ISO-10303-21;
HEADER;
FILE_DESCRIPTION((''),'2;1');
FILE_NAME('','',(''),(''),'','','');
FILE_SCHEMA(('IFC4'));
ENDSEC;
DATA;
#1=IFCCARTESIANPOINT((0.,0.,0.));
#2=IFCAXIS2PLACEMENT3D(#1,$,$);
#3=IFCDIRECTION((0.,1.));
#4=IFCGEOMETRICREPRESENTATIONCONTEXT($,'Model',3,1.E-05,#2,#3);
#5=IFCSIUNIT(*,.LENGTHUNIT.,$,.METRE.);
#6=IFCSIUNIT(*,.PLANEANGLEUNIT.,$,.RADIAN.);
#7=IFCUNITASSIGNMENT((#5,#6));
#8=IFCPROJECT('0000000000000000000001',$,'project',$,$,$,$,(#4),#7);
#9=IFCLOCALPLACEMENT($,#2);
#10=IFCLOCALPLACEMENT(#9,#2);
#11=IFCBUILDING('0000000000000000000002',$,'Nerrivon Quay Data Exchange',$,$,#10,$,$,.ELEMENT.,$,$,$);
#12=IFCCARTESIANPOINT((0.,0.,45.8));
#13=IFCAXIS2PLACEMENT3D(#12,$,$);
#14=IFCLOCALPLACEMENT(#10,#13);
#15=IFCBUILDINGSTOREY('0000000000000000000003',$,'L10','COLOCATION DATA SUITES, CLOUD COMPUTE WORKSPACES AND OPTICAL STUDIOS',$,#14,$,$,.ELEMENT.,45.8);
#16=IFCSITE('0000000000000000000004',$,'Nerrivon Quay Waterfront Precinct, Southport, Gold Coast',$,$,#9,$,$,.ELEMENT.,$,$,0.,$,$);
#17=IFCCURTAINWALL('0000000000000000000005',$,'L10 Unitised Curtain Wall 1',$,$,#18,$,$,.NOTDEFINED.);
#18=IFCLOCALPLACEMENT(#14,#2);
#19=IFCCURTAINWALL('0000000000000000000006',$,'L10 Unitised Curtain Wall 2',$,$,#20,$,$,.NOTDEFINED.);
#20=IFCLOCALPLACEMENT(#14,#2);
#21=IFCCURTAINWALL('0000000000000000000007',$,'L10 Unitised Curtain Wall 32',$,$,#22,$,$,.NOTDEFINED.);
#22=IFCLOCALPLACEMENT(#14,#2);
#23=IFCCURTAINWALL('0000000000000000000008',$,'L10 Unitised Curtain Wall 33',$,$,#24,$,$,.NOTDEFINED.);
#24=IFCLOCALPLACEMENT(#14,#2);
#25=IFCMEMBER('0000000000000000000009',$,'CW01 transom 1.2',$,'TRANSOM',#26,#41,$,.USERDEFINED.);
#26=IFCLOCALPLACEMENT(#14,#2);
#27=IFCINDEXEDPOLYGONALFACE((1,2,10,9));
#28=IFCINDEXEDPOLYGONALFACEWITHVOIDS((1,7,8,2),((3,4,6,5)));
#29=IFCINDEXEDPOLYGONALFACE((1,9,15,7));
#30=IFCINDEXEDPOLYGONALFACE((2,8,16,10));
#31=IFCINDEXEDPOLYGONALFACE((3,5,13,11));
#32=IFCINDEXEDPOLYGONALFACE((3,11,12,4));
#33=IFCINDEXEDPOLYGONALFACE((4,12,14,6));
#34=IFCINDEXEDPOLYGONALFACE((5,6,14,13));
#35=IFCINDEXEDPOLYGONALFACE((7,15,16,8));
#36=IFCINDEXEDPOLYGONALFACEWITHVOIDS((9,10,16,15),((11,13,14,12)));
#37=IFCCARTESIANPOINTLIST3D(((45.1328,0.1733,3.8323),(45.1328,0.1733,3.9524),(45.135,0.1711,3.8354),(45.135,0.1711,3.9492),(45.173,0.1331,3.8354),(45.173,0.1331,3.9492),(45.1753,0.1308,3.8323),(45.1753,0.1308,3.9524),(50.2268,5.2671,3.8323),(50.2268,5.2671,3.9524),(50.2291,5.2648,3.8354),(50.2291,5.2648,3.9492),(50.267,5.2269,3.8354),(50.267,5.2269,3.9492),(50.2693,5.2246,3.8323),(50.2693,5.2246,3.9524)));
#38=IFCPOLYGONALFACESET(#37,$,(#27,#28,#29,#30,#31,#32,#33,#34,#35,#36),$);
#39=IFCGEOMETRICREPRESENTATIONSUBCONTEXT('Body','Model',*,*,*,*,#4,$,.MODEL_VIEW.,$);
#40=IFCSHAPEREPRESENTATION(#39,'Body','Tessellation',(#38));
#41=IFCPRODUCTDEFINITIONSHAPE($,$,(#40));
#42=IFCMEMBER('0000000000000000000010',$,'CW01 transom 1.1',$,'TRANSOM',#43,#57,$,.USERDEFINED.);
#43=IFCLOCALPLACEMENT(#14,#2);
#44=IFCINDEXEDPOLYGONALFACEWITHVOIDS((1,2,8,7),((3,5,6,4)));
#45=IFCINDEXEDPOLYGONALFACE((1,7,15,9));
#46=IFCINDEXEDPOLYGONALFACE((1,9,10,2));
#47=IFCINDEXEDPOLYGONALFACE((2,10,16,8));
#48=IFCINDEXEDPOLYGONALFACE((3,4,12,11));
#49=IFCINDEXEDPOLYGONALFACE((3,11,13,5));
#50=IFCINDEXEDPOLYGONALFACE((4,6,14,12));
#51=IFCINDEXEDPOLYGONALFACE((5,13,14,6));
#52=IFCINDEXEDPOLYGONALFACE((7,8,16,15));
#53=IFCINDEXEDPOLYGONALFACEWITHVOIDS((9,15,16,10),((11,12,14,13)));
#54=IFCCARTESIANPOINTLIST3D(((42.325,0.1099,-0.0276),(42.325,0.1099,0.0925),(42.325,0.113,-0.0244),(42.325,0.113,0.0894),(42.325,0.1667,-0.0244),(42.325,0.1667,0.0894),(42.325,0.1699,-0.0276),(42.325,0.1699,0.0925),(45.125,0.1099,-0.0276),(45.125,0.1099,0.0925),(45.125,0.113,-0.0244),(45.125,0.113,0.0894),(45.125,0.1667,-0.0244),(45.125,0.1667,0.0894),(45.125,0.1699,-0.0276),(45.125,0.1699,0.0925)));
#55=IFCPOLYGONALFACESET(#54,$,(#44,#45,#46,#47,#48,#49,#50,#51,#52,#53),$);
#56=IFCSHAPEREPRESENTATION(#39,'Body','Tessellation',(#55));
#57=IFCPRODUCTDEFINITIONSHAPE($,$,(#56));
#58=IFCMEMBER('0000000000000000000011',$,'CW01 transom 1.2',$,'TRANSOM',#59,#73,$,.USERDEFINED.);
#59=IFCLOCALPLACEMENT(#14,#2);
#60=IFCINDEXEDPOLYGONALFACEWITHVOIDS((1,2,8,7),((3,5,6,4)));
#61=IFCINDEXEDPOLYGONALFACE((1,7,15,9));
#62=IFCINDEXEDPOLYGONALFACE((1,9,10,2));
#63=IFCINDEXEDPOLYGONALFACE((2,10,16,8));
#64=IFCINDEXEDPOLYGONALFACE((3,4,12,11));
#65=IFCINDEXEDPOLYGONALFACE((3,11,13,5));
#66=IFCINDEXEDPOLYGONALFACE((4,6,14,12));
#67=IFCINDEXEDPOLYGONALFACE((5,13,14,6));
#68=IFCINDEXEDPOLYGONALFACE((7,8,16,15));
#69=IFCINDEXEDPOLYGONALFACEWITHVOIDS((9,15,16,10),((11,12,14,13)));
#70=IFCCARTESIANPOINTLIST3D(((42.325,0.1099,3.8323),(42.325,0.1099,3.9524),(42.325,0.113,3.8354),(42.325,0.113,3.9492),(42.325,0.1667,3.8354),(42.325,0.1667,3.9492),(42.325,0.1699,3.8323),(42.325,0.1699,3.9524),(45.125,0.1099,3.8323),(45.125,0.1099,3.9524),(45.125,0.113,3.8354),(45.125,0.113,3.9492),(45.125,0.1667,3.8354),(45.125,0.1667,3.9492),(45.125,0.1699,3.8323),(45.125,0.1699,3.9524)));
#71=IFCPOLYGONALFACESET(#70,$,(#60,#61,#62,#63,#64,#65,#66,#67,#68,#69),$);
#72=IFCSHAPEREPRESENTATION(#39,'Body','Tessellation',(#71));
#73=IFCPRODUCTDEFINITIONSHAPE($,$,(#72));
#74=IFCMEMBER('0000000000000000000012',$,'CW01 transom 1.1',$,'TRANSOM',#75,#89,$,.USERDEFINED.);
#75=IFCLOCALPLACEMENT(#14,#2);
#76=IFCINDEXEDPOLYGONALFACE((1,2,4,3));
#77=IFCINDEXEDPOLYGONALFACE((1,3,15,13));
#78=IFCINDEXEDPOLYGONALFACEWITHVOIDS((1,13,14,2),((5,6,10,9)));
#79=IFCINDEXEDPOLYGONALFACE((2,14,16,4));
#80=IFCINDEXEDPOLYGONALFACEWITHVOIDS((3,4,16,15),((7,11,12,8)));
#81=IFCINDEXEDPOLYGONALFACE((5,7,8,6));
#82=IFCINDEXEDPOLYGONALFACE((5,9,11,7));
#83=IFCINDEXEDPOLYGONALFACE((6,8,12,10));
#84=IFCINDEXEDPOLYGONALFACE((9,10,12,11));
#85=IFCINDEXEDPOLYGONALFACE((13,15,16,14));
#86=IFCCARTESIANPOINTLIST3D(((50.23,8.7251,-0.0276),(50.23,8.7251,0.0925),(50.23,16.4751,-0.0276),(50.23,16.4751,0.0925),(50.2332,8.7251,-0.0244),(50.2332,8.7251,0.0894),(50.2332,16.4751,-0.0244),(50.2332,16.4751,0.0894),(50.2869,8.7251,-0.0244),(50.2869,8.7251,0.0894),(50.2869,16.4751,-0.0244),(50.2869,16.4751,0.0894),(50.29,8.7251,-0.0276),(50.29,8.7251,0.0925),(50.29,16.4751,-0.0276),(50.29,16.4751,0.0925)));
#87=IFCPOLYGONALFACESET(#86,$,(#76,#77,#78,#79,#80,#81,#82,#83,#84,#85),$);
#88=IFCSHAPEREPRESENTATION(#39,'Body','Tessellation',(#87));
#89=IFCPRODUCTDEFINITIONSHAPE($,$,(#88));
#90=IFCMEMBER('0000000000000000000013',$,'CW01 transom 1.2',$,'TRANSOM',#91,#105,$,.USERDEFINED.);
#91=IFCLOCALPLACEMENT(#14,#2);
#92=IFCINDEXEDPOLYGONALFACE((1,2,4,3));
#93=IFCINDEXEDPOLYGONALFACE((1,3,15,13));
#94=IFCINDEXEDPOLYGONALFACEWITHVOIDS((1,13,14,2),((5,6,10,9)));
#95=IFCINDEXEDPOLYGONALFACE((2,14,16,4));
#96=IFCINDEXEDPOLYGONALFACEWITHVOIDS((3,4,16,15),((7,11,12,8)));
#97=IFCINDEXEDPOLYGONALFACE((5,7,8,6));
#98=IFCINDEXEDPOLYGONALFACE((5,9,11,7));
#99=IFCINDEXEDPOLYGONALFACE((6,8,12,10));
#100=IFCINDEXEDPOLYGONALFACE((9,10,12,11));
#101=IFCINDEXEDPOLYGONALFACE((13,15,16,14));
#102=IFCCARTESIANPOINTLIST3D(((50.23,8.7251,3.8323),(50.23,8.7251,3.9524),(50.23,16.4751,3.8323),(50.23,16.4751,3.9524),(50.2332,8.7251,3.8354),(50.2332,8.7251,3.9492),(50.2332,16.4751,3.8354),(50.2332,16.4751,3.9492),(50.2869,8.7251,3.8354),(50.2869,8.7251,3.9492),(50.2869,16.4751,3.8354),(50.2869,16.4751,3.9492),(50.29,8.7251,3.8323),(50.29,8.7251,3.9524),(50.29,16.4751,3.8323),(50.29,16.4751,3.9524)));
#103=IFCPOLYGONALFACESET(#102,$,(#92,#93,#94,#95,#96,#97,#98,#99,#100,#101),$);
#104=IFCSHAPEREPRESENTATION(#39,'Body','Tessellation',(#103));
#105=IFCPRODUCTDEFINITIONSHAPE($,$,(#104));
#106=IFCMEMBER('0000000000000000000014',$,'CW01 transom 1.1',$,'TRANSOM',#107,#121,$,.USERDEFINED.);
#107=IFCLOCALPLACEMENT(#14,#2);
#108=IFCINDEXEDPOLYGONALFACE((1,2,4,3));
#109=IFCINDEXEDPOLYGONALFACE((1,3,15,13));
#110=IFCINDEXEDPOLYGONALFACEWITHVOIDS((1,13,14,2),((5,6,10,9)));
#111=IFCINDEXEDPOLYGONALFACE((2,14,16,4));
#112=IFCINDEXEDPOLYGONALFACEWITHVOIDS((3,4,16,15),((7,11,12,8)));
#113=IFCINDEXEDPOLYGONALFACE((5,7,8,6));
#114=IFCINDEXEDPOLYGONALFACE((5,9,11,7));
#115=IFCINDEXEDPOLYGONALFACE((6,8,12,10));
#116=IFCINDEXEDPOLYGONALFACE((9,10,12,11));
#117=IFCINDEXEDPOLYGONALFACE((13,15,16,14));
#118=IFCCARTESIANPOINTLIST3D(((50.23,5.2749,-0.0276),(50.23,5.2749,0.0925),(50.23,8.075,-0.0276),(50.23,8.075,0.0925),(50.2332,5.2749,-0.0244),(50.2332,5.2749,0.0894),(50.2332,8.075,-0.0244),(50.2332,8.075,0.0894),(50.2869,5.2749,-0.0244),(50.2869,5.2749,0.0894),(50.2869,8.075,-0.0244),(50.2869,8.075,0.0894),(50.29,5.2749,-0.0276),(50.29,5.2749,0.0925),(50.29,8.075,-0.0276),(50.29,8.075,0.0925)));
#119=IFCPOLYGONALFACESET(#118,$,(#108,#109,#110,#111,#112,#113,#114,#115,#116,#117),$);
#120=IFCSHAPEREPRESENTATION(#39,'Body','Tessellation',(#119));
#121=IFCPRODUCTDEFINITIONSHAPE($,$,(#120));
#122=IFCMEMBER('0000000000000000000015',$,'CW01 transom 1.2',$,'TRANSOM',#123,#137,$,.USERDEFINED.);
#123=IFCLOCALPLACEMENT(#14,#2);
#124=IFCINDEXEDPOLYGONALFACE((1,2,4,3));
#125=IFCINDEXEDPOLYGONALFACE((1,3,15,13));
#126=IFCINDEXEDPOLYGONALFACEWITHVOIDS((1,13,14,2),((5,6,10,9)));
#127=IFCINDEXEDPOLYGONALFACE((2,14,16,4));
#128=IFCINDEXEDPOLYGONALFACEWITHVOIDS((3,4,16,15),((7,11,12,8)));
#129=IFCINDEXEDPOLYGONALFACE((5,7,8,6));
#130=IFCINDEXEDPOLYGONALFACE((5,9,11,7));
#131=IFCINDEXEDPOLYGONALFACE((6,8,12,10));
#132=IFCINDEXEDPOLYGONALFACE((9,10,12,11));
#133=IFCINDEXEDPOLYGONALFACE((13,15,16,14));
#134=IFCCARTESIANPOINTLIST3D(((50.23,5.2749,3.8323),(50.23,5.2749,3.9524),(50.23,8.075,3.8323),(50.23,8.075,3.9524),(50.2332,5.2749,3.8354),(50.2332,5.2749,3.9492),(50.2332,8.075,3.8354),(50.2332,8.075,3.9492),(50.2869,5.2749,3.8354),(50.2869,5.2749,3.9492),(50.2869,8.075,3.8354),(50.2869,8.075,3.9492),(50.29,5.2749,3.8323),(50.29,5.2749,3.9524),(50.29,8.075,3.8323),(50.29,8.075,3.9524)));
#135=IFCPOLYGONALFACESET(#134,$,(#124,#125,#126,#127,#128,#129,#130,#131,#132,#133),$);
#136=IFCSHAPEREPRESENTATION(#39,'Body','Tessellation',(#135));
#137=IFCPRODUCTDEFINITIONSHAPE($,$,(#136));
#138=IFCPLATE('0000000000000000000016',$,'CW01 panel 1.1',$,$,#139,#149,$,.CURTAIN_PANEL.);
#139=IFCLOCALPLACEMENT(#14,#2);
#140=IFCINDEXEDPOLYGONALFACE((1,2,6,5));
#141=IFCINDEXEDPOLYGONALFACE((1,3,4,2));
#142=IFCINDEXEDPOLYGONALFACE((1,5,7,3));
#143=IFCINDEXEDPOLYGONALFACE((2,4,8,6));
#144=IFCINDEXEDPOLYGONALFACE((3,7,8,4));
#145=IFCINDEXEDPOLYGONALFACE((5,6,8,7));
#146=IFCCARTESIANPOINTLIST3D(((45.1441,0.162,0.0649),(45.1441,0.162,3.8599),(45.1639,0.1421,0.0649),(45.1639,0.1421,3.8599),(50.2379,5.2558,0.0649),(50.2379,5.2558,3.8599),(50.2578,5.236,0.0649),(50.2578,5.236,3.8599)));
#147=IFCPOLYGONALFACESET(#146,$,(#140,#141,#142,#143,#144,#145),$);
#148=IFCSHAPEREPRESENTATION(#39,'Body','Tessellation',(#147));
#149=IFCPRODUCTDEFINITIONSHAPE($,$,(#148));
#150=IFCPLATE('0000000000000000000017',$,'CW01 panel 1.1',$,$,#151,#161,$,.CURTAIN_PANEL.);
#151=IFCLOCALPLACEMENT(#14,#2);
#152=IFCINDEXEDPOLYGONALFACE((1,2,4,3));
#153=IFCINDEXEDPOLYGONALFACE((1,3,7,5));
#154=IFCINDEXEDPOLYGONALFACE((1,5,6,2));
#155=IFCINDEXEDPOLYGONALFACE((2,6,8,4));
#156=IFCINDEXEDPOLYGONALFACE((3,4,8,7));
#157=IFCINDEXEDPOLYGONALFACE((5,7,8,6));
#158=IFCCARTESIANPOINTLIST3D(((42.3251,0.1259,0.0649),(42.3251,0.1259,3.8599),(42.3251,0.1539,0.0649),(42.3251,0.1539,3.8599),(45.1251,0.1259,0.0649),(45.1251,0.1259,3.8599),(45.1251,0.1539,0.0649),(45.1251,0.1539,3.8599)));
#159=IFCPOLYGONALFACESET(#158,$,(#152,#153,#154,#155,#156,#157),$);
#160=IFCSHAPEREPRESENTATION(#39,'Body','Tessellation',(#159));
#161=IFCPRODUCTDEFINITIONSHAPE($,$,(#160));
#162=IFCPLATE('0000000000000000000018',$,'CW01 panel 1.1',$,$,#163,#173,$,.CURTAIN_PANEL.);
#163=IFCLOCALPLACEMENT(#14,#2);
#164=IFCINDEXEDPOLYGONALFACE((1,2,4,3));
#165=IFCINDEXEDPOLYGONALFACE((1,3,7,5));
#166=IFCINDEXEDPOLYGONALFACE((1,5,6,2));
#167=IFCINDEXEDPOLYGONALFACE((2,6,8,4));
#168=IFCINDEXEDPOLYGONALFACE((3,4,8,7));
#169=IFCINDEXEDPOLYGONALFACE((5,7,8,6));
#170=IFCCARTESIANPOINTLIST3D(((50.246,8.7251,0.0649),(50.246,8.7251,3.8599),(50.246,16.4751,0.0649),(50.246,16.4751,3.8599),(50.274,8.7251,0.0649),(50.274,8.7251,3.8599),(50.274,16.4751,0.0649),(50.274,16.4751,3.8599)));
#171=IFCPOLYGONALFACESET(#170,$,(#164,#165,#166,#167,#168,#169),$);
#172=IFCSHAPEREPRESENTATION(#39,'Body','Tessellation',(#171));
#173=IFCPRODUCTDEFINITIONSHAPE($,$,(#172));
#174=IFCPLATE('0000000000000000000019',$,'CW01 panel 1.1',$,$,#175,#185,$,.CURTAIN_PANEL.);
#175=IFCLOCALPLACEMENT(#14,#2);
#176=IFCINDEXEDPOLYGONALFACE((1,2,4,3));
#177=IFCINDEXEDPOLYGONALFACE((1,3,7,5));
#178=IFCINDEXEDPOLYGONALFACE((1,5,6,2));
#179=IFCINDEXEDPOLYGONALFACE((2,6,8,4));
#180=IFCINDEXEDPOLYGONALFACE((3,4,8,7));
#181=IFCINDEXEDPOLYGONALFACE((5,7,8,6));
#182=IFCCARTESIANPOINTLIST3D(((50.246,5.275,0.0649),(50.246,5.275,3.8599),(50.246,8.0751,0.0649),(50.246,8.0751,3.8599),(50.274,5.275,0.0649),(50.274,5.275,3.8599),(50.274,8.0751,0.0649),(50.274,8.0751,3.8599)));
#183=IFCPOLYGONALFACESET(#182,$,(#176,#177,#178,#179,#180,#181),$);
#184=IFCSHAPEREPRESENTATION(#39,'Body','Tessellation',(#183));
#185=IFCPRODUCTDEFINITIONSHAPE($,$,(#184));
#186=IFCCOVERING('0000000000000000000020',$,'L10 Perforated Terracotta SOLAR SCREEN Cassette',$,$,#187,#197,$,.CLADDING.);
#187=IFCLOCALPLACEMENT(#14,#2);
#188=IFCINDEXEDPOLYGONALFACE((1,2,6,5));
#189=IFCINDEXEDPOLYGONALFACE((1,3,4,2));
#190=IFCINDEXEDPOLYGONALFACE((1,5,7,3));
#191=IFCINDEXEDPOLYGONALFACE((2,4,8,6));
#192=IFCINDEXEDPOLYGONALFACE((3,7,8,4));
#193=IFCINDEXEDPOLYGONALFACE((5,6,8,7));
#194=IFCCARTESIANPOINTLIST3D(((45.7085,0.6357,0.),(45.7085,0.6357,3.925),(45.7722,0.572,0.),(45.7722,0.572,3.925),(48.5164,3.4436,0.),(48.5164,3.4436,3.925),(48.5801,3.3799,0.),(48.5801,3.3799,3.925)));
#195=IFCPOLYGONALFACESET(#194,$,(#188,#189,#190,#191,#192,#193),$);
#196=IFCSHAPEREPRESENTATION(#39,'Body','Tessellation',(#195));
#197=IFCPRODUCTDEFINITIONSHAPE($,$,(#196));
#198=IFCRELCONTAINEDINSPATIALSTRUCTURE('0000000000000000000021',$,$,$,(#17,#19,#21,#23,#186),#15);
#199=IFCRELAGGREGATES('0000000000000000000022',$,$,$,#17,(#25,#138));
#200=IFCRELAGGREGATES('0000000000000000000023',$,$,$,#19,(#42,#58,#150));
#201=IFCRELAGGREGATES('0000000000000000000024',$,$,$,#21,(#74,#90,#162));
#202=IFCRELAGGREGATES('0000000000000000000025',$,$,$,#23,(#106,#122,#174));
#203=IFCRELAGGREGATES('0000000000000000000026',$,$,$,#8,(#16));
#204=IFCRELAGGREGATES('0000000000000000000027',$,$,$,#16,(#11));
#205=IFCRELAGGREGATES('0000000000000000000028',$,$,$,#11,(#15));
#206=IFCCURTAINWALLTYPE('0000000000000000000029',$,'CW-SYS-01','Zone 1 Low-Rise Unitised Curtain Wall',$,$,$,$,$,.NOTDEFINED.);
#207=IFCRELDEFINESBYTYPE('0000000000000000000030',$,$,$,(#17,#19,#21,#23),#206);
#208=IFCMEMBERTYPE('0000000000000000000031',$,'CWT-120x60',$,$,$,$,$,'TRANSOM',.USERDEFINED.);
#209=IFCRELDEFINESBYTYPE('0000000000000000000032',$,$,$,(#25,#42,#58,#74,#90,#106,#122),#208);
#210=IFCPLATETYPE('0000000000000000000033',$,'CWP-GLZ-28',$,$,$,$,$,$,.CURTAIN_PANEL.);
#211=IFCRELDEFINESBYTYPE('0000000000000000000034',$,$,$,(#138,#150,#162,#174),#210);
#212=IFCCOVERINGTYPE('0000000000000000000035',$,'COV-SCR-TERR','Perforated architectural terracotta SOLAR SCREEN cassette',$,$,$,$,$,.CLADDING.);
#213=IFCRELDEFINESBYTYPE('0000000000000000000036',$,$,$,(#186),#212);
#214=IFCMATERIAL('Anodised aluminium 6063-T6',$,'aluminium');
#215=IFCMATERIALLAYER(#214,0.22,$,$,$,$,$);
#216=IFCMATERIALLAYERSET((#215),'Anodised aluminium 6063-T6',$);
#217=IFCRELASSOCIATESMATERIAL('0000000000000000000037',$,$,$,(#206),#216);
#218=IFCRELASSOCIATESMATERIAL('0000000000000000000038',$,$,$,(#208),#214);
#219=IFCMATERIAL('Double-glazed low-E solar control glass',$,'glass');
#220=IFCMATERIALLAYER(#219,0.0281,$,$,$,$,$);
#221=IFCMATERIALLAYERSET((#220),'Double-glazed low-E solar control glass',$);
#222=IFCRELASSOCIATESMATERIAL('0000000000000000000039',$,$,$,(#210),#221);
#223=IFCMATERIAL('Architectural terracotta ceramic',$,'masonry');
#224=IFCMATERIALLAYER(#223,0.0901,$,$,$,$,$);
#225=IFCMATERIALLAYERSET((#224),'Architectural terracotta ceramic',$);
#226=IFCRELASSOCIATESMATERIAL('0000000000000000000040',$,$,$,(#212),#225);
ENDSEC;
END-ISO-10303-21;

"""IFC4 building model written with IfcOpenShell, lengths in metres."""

from ifc_helpers import new_model, si_unit, direction, frame, origin, origin_2d, place, context, subcontext, project, spatial, rectangle, hollow_rectangle, extrude, material, layer, layer_set, material_profile, profile_set, type_object, element, aggregate, save


model = new_model("IFC4")

# Units and contexts
model_context = context("Model", 3, precision=1e-05, world=origin(), true_north=direction((0.0, 1.0)))
body_context = subcontext(model_context, "Body", "Model", "MODEL_VIEW")
ifc_project = project(units=[si_unit("LENGTHUNIT", "METRE"), si_unit("PLANEANGLEUNIT", "RADIAN")], contexts=[model_context])

# Site, building, storey
site_placement = place(None, origin())
site = spatial("IfcSite", under=ifc_project, at=site_placement, Name="Nerrivon Quay Waterfront Precinct, Southport, Gold Coast", CompositionType="ELEMENT", RefElevation=0.0)
building_placement = place(site_placement, origin())
building = spatial("IfcBuilding", under=site, at=building_placement, Name="Nerrivon Quay Data Exchange", CompositionType="ELEMENT")
storey_placement = place(building_placement, frame((0.0, 0.0, 45.8)))
storey = spatial("IfcBuildingStorey", under=building, at=storey_placement, Name="L10", Description="COLOCATION DATA SUITES, CLOUD COMPUTE WORKSPACES AND OPTICAL STUDIOS", CompositionType="ELEMENT", Elevation=45.8)

# Curtain walls
ifc_material_1 = material(Name="Anodised aluminium 6063-T6", Category="aluminium")
ifc_layer_1 = layer(ifc_material_1, 0.22)
ifc_layer_set_1 = layer_set([ifc_layer_1], Name="Anodised aluminium 6063-T6")
curtain_wall_type = type_object("IfcCurtainWallType", Name="CW-SYS-01", Description="Zone 1 Low-Rise Unitised Curtain Wall", PredefinedType="NOTDEFINED", material=ifc_layer_set_1)
curtain_wall_1_placement = place(storey_placement, origin())
curtain_wall_1 = element("IfcCurtainWall", 1, at=curtain_wall_1_placement, inside=storey, type_object=curtain_wall_type, Name="L10 Unitised Curtain Wall 1", PredefinedType="NOTDEFINED")
curtain_wall_2_placement = place(storey_placement, origin())
curtain_wall_2 = element("IfcCurtainWall", 2, at=curtain_wall_2_placement, inside=storey, type_object=curtain_wall_type, Name="L10 Unitised Curtain Wall 2", PredefinedType="NOTDEFINED")

# Curtain wall
curtain_wall_3_placement = place(storey_placement, origin())
curtain_wall_3 = element("IfcCurtainWall", 3, at=curtain_wall_3_placement, inside=storey, type_object=curtain_wall_type, Name="L10 Unitised Curtain Wall 32", PredefinedType="NOTDEFINED")

# Curtain wall
curtain_wall_4_placement = place(storey_placement, origin())
curtain_wall_4 = element("IfcCurtainWall", 4, at=curtain_wall_4_placement, inside=storey, type_object=curtain_wall_type, Name="L10 Unitised Curtain Wall 33", PredefinedType="NOTDEFINED")

# Members
ifc_material_profile_1 = material_profile(ifc_material_1, hollow_rectangle(XDim=0.0601, YDim=0.1201, WallThickness=0.0032, at=origin_2d()), Name="ALU-TRAN-120x60")
ifc_profile_set_1 = profile_set([ifc_material_profile_1], Name="Anodised aluminium 6063-T6")
member_type_1 = type_object("IfcMemberType", Name="CWT-120x60", ElementType="TRANSOM", PredefinedType="USERDEFINED", material=ifc_profile_set_1)
member_1_placement = place(storey_placement, frame((50.248, 5.2458, 3.8923), z_axis=(-0.707124, -0.70709, 0.0), x_axis=(0.70709, -0.707124, 0.0)))
member_1 = element("IfcMember", 5, at=member_1_placement, type_object=member_type_1, Name="CW01 transom 1.2", ObjectType="TRANSOM", PredefinedType="USERDEFINED", context=body_context, shape_type="SweptSolid", body=[
    extrude(hollow_rectangle(XDim=0.0601, YDim=0.1201, WallThickness=0.0032, at=origin_2d()), origin(), (0.0, 0.0, 1.0), 7.2039),
])
member_2_placement = place(storey_placement, frame((45.125, 0.1399, 0.0325), z_axis=(-1.0, 0.0, 0.0), x_axis=(0.0, -1.0, 0.0)))
member_2 = element("IfcMember", 6, at=member_2_placement, type_object=member_type_1, Name="CW01 transom 1.1", ObjectType="TRANSOM", PredefinedType="USERDEFINED", context=body_context, shape_type="SweptSolid", body=[
    extrude(hollow_rectangle(XDim=0.0601, YDim=0.1201, WallThickness=0.0032, at=origin_2d()), origin(), (0.0, 0.0, 1.0), 2.8),
])
member_3_placement = place(storey_placement, frame((45.125, 0.1399, 3.8923), z_axis=(-1.0, 0.0, 0.0), x_axis=(0.0, -1.0, 0.0)))
member_3 = element("IfcMember", 7, at=member_3_placement, type_object=member_type_1, Name="CW01 transom 1.2", ObjectType="TRANSOM", PredefinedType="USERDEFINED", context=body_context, shape_type="SweptSolid", body=[
    extrude(hollow_rectangle(XDim=0.0601, YDim=0.1201, WallThickness=0.0032, at=origin_2d()), origin(), (0.0, 0.0, 1.0), 2.8),
])
member_4_placement = place(storey_placement, frame((50.26, 16.4751, 0.0325), z_axis=(0.0, -1.0, 0.0), x_axis=(1.0, 0.0, 0.0)))
member_4 = element("IfcMember", 8, at=member_4_placement, type_object=member_type_1, Name="CW01 transom 1.1", ObjectType="TRANSOM", PredefinedType="USERDEFINED", context=body_context, shape_type="SweptSolid", body=[
    extrude(hollow_rectangle(XDim=0.0601, YDim=0.1201, WallThickness=0.0032, at=origin_2d()), origin(), (0.0, 0.0, 1.0), 7.75),
])
member_5_placement = place(storey_placement, frame((50.26, 16.4751, 3.8923), z_axis=(0.0, -1.0, 0.0), x_axis=(1.0, 0.0, 0.0)))
member_5 = element("IfcMember", 9, at=member_5_placement, type_object=member_type_1, Name="CW01 transom 1.2", ObjectType="TRANSOM", PredefinedType="USERDEFINED", context=body_context, shape_type="SweptSolid", body=[
    extrude(hollow_rectangle(XDim=0.0601, YDim=0.1201, WallThickness=0.0032, at=origin_2d()), origin(), (0.0, 0.0, 1.0), 7.75),
])
member_6_placement = place(storey_placement, frame((50.26, 8.075, 0.0325), z_axis=(0.0, -1.0, 0.0), x_axis=(1.0, 0.0, 0.0)))
member_6 = element("IfcMember", 10, at=member_6_placement, type_object=member_type_1, Name="CW01 transom 1.1", ObjectType="TRANSOM", PredefinedType="USERDEFINED", context=body_context, shape_type="SweptSolid", body=[
    extrude(hollow_rectangle(XDim=0.0601, YDim=0.1201, WallThickness=0.0032, at=origin_2d()), origin(), (0.0, 0.0, 1.0), 2.8),
])
member_7_placement = place(storey_placement, frame((50.26, 8.075, 3.8923), z_axis=(0.0, -1.0, 0.0), x_axis=(1.0, 0.0, 0.0)))
member_7 = element("IfcMember", 11, at=member_7_placement, type_object=member_type_1, Name="CW01 transom 1.2", ObjectType="TRANSOM", PredefinedType="USERDEFINED", context=body_context, shape_type="SweptSolid", body=[
    extrude(hollow_rectangle(XDim=0.0601, YDim=0.1201, WallThickness=0.0032, at=origin_2d()), origin(), (0.0, 0.0, 1.0), 2.8),
])

# Plates
ifc_material_2 = material(Name="Double-glazed low-E solar control glass", Category="glass")
ifc_layer_2 = layer(ifc_material_2, 0.0281)
ifc_layer_set_2 = layer_set([ifc_layer_2], Name="Double-glazed low-E solar control glass")
plate_type = type_object("IfcPlateType", Name="CWP-GLZ-28", PredefinedType="CURTAIN_PANEL", material=ifc_layer_set_2)
plate_1_placement = place(storey_placement, frame((47.7009, 2.699, 0.0649), z_axis=(0.0, 0.0, 1.0), x_axis=(-0.707107, -0.707107, 0.0)))
plate_1 = element("IfcPlate", 12, at=plate_1_placement, type_object=plate_type, Name="CW01 panel 1.1", PredefinedType="CURTAIN_PANEL", context=body_context, shape_type="SweptSolid", body=[
    extrude(rectangle(XDim=7.2039, YDim=0.0281, at=origin_2d()), origin(), (0.0, 0.0, 1.0), 3.7949),
])
aggregate(curtain_wall_1, [member_1, plate_1])
plate_2_placement = place(storey_placement, frame((43.7251, 0.1399, 0.0649), z_axis=(0.0, 0.0, 1.0), x_axis=(-1.0, 0.0, 0.0)))
plate_2 = element("IfcPlate", 13, at=plate_2_placement, type_object=plate_type, Name="CW01 panel 1.1", PredefinedType="CURTAIN_PANEL", context=body_context, shape_type="SweptSolid", body=[
    extrude(rectangle(XDim=2.8, YDim=0.0281, at=origin_2d()), origin(), (0.0, 0.0, 1.0), 3.7949),
])
aggregate(curtain_wall_2, [member_2, member_3, plate_2])
plate_3_placement = place(storey_placement, frame((50.26, 12.6001, 0.0649), z_axis=(0.0, 0.0, 1.0), x_axis=(0.0, -1.0, 0.0)))
plate_3 = element("IfcPlate", 14, at=plate_3_placement, type_object=plate_type, Name="CW01 panel 1.1", PredefinedType="CURTAIN_PANEL", context=body_context, shape_type="SweptSolid", body=[
    extrude(rectangle(XDim=7.75, YDim=0.0281, at=origin_2d()), origin(), (0.0, 0.0, 1.0), 3.7949),
])
aggregate(curtain_wall_3, [member_4, member_5, plate_3])
plate_4_placement = place(storey_placement, frame((50.26, 6.675, 0.0649), z_axis=(0.0, 0.0, 1.0), x_axis=(0.0, -1.0, 0.0)))
plate_4 = element("IfcPlate", 15, at=plate_4_placement, type_object=plate_type, Name="CW01 panel 1.1", PredefinedType="CURTAIN_PANEL", context=body_context, shape_type="SweptSolid", body=[
    extrude(rectangle(XDim=2.8, YDim=0.0281, at=origin_2d()), origin(), (0.0, 0.0, 1.0), 3.7949),
])
aggregate(curtain_wall_4, [member_6, member_7, plate_4])

# Covering
ifc_material_3 = material(Name="Architectural terracotta ceramic", Category="masonry")
ifc_layer_3 = layer(ifc_material_3, 0.0901)
ifc_layer_set_3 = layer_set([ifc_layer_3], Name="Architectural terracotta ceramic")
covering_type = type_object("IfcCoveringType", Name="COV-SCR-TERR", Description="Perforated architectural terracotta SOLAR SCREEN cassette", PredefinedType="CLADDING", material=ifc_layer_set_3)
covering_1_placement = place(storey_placement, frame((47.1443, 2.0078, 0.0), z_axis=(0.0, 0.0, 1.0), x_axis=(-0.707107, -0.707107, 0.0)))
element("IfcCovering", 16, at=covering_1_placement, inside=storey, type_object=covering_type, Name="L10 Perforated Terracotta SOLAR SCREEN Cassette", PredefinedType="CLADDING", context=body_context, shape_type="SweptSolid", body=[
    extrude(rectangle(XDim=3.9709, YDim=0.0901, at=origin_2d()), origin(), (0.0, 0.0, 1.0), 3.925),
])

save(model, "model.ifc")
